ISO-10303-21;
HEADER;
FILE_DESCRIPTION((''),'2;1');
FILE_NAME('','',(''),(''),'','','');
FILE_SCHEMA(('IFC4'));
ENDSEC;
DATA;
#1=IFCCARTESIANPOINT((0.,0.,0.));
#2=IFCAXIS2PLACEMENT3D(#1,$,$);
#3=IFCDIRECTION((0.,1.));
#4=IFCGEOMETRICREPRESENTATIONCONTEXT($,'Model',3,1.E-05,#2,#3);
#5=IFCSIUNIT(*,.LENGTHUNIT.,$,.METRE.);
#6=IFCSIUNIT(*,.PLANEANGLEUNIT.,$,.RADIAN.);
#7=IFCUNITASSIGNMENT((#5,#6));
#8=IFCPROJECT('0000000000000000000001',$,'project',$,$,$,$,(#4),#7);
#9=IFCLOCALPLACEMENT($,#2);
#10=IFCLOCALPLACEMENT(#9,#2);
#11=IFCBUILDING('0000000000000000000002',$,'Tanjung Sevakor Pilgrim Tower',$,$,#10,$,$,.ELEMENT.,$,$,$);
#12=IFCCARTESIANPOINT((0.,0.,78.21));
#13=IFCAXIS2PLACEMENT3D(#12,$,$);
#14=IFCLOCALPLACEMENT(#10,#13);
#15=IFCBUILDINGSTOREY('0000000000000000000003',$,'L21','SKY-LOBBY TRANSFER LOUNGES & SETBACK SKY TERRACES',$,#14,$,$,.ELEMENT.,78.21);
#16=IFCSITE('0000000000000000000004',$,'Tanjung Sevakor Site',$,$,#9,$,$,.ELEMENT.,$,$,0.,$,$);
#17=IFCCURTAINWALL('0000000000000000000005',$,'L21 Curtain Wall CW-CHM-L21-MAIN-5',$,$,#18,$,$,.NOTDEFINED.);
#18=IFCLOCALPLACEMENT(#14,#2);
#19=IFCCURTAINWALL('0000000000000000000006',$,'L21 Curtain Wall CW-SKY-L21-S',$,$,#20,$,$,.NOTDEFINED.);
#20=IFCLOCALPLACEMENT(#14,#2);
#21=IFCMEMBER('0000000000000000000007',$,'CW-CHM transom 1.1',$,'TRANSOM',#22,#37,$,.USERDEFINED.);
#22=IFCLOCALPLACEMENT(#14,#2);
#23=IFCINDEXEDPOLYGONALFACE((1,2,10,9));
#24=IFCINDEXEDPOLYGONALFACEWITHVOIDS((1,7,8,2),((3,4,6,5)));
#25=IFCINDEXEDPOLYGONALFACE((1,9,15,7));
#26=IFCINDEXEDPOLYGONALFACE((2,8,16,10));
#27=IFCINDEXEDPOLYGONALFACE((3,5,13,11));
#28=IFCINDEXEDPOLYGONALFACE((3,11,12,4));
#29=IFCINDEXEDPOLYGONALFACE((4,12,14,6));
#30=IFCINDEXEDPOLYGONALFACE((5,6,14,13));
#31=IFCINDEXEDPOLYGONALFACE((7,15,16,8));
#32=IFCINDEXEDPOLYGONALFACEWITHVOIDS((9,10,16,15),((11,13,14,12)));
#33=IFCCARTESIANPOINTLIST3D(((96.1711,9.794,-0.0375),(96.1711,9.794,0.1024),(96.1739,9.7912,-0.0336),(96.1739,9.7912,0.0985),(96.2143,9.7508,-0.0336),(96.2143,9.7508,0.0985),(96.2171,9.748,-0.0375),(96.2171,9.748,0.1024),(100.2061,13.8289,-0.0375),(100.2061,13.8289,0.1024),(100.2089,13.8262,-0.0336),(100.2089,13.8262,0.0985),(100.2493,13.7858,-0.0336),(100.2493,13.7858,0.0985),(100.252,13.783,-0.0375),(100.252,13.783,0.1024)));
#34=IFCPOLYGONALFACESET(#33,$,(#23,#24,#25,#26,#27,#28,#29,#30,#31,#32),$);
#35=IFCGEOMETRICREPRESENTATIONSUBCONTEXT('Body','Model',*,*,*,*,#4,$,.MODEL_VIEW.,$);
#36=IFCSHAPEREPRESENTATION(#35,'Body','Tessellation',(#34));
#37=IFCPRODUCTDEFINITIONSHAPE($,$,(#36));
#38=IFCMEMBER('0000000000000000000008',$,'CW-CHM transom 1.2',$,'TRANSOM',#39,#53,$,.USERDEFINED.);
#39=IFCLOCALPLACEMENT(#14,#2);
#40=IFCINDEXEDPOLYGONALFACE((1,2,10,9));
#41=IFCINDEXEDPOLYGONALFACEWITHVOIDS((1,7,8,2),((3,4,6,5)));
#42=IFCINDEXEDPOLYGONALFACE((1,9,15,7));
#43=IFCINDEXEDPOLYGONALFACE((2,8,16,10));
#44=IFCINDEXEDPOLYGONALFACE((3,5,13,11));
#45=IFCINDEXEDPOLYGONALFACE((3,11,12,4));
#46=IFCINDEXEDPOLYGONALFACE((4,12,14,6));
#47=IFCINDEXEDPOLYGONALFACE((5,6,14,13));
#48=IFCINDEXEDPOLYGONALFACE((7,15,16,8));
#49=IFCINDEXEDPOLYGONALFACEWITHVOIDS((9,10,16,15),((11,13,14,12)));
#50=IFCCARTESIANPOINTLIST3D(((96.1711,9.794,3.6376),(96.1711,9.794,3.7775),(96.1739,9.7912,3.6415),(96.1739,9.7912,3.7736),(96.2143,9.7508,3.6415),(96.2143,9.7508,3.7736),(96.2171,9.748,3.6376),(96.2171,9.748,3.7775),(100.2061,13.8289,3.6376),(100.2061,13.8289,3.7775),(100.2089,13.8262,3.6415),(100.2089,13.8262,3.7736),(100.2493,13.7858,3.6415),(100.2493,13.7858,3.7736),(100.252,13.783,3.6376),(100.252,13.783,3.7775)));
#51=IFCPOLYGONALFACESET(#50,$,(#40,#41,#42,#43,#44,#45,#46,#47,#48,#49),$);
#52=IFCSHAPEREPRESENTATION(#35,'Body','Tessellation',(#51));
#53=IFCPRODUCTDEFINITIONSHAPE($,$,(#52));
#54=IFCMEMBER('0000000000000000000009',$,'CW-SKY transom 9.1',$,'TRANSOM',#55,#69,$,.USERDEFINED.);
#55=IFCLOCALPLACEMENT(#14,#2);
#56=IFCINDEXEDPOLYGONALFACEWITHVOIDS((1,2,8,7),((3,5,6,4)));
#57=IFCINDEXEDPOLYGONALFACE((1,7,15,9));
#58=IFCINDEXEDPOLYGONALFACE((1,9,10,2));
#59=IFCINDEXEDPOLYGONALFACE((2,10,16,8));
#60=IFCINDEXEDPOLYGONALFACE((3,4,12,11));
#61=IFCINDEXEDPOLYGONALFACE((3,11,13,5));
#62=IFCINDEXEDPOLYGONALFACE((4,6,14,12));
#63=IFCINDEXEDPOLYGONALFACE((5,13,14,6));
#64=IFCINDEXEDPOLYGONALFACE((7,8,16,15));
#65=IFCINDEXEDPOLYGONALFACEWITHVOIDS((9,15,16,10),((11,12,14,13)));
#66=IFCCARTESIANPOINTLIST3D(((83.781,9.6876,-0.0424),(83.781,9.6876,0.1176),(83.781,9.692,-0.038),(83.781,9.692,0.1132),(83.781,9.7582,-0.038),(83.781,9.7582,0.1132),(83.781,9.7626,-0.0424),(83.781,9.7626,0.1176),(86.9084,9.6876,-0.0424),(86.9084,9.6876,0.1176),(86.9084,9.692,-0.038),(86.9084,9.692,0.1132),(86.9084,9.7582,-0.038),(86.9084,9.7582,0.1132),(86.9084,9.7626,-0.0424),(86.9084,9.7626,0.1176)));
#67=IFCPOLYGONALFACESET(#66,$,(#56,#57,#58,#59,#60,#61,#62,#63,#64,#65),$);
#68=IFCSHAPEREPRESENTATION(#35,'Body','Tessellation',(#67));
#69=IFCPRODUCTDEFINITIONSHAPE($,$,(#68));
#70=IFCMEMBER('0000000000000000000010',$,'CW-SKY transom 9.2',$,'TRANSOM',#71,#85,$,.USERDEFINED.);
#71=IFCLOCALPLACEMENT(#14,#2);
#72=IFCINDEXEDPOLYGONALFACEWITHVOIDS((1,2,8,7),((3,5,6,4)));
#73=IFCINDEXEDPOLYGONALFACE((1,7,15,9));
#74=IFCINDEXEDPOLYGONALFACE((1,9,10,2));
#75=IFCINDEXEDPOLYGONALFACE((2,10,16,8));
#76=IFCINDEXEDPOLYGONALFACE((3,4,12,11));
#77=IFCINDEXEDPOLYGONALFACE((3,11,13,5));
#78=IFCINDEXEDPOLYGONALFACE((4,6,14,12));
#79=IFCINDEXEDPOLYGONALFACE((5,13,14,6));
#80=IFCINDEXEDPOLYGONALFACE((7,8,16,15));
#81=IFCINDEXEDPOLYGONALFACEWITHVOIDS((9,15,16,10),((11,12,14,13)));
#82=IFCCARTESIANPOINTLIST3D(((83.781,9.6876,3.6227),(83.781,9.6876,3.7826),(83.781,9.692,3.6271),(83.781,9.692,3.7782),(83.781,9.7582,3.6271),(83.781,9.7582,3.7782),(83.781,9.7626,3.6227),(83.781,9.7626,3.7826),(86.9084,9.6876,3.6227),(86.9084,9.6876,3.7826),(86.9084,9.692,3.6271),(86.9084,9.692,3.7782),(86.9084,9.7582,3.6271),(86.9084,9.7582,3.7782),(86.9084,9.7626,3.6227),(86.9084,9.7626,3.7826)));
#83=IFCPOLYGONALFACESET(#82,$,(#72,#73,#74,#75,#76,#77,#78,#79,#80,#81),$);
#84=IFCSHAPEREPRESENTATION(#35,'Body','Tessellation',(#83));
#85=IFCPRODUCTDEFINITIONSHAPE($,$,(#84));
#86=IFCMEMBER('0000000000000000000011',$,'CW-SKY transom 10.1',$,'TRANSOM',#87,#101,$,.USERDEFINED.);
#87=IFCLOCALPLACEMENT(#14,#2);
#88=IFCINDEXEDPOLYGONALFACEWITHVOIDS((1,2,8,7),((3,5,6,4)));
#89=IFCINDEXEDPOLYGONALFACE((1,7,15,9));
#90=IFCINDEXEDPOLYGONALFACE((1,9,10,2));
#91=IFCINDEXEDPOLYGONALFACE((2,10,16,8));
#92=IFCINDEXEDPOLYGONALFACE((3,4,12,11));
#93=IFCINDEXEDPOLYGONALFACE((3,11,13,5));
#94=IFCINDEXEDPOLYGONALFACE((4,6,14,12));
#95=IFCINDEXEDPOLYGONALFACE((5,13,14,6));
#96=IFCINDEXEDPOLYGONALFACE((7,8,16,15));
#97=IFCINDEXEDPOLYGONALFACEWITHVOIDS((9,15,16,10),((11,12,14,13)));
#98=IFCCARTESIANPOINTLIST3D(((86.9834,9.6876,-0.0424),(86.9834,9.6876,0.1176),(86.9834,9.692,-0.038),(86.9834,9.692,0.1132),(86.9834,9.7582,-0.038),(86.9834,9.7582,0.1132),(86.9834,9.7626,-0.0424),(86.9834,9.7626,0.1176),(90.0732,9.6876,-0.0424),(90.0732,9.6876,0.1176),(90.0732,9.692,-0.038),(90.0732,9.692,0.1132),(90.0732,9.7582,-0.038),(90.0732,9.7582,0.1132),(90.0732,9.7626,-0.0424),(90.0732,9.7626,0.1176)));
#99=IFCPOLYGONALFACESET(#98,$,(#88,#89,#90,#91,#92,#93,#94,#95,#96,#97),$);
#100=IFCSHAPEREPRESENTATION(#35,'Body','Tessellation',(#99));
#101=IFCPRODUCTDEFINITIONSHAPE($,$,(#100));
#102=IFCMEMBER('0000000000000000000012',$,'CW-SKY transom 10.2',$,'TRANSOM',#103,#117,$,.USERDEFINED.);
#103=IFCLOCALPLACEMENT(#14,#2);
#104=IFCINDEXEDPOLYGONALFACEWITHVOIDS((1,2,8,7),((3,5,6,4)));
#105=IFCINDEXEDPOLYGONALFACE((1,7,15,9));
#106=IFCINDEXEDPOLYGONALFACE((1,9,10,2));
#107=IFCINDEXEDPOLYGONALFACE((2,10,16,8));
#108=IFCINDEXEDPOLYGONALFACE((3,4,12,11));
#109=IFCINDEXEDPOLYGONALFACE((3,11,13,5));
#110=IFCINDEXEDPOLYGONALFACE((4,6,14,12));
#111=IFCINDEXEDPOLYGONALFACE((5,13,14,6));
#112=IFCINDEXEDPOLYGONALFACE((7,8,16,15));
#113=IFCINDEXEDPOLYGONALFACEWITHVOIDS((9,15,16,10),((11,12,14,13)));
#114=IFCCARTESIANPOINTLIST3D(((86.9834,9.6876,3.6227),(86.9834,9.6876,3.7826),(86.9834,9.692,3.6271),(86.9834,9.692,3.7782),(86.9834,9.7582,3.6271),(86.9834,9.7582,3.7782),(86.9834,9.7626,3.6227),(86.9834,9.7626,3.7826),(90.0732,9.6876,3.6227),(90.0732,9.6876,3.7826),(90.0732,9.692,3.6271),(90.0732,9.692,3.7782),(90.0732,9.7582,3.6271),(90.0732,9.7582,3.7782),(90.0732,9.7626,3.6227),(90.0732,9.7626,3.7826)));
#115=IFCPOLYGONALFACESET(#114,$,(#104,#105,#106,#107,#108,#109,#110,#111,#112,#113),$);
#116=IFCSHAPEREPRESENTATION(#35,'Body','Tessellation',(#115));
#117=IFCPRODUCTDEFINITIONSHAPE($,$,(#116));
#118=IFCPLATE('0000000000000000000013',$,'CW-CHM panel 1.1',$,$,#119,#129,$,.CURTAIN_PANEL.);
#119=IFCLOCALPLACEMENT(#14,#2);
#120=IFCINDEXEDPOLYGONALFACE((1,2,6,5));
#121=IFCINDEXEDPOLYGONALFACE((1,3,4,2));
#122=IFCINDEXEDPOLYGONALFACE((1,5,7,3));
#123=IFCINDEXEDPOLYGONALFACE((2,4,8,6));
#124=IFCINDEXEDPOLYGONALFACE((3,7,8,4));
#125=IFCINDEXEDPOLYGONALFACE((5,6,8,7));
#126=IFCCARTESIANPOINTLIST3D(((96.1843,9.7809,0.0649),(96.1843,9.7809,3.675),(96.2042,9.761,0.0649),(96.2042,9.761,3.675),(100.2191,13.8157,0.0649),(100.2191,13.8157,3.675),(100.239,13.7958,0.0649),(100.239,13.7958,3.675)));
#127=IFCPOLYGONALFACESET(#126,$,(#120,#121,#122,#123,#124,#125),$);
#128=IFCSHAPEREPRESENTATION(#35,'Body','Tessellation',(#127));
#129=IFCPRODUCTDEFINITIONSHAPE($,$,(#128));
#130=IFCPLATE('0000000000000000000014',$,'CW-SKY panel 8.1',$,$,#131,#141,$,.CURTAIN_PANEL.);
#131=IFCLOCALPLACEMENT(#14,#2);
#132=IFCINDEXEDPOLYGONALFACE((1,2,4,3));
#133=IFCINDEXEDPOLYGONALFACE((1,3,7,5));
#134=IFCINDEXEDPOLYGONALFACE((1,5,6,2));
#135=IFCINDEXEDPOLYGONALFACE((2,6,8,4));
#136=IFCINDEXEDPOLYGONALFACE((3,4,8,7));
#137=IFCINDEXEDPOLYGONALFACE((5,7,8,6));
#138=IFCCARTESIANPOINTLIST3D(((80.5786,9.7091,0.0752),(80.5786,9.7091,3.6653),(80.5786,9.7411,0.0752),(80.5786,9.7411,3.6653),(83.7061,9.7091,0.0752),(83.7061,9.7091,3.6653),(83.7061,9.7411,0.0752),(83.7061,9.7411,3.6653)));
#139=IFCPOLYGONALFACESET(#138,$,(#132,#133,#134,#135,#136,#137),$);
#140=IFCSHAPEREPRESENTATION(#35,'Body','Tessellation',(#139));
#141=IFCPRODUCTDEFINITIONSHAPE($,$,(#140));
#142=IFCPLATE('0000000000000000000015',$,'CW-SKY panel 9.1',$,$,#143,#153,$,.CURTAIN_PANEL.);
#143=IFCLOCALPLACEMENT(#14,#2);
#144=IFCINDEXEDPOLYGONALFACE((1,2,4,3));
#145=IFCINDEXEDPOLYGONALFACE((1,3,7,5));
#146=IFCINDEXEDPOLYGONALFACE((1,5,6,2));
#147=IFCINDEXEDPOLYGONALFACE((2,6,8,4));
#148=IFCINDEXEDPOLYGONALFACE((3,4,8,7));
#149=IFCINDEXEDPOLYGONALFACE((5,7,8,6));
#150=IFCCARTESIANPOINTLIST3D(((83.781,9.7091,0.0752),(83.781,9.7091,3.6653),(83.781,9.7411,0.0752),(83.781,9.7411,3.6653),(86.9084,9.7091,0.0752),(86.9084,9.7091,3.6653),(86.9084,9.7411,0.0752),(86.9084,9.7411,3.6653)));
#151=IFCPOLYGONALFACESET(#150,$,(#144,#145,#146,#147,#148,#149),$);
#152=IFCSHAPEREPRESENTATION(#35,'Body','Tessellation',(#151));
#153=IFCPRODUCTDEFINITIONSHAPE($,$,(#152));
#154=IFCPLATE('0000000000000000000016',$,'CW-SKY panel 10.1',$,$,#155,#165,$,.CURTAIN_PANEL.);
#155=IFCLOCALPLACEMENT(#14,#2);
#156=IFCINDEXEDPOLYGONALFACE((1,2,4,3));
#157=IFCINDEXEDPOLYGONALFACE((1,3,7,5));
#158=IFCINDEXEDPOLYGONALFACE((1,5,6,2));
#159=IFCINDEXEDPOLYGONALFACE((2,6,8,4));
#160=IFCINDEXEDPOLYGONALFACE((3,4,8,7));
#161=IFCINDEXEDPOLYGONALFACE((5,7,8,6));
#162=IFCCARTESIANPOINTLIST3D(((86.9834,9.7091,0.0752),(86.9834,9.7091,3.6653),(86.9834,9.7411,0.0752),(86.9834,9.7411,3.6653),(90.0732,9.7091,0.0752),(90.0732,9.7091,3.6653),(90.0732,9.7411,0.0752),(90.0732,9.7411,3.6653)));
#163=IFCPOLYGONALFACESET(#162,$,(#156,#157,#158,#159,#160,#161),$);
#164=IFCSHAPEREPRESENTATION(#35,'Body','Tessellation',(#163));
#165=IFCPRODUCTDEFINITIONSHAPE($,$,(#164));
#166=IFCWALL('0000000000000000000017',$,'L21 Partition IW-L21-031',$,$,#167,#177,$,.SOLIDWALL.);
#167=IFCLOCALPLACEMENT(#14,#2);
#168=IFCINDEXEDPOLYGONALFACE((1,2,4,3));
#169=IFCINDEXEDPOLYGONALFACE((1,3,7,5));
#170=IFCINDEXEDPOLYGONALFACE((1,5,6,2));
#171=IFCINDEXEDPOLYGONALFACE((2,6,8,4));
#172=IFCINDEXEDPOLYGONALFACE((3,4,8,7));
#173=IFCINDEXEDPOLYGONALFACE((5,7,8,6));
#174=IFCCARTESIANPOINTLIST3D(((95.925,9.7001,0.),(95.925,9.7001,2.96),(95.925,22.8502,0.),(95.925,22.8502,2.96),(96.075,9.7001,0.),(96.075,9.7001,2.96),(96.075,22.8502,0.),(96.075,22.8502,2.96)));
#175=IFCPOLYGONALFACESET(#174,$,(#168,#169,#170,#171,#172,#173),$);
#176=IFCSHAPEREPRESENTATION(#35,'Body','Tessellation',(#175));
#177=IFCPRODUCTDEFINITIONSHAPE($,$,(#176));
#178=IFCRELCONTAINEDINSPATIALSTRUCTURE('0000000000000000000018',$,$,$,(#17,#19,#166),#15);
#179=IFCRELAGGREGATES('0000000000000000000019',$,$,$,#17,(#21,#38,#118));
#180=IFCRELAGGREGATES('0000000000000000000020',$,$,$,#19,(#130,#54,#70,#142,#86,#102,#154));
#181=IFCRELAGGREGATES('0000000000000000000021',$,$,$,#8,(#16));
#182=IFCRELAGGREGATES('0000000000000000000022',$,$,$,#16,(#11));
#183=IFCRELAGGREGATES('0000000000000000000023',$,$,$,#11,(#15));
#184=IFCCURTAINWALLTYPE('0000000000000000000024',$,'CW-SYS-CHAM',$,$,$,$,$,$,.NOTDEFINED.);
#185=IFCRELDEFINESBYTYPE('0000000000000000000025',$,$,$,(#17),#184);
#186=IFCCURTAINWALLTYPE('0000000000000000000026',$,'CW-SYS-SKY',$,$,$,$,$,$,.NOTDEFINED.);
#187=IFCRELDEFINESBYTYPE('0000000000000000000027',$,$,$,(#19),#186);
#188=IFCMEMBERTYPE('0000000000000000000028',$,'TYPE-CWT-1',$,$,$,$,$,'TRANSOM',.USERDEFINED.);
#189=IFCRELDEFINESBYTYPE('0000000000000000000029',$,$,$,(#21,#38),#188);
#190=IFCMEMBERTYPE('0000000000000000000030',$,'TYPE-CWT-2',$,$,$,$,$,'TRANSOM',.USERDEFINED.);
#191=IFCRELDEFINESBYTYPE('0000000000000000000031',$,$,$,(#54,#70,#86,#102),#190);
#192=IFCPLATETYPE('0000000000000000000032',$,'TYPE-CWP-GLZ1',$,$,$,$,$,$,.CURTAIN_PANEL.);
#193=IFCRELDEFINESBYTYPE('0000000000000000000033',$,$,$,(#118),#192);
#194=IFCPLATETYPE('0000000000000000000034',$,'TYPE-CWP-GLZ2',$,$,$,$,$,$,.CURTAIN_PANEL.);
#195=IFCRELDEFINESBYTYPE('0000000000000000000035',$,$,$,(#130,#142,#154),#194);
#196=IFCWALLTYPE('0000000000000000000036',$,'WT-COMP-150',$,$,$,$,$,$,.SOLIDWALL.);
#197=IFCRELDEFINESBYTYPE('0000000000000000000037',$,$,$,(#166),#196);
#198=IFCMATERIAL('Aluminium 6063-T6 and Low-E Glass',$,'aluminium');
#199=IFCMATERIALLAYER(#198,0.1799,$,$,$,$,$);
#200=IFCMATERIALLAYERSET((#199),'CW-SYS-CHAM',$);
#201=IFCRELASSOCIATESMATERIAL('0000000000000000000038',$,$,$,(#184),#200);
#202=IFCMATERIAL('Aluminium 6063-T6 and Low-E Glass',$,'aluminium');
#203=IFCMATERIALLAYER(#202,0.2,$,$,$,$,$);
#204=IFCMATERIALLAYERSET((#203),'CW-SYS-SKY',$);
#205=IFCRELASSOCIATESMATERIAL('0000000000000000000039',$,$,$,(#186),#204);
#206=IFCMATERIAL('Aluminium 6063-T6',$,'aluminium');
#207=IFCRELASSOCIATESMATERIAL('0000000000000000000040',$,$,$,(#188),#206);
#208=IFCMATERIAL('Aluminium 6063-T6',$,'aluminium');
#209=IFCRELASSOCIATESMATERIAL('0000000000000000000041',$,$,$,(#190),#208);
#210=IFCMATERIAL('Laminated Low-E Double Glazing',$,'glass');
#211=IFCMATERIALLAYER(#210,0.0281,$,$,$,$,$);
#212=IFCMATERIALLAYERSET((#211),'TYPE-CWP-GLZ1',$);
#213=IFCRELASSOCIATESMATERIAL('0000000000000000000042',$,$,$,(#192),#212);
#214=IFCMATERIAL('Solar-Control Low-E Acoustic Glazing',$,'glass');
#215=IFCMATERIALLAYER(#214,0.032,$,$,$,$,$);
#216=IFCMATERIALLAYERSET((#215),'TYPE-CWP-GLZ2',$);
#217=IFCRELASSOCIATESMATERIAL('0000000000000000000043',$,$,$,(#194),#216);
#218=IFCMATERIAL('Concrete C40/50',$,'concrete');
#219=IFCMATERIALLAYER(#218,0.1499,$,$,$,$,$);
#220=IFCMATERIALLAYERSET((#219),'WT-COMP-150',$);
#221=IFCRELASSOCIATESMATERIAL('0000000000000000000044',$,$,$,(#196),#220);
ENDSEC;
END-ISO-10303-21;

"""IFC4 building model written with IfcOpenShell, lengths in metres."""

from ifc_helpers import new_model, si_unit, direction, frame, frame_2d, origin, origin_2d, place, context, subcontext, project, spatial, rectangle, hollow_rectangle, extrude, material, layer, layer_set, material_profile, profile_set, type_object, element, aggregate, save


model = new_model("IFC4")

# Units and contexts
model_context = context("Model", 3, precision=1e-05, world=origin(), true_north=direction((0.0, 1.0)))
body_context = subcontext(model_context, "Body", "Model", "MODEL_VIEW")
ifc_project = project(units=[si_unit("LENGTHUNIT", "METRE"), si_unit("PLANEANGLEUNIT", "RADIAN")], contexts=[model_context])

# Site, building, storey
site_placement = place(None, origin())
site = spatial("IfcSite", under=ifc_project, at=site_placement, Name="Tanjung Sevakor Site", CompositionType="ELEMENT", RefElevation=0.0)
building_placement = place(site_placement, origin())
building = spatial("IfcBuilding", under=site, at=building_placement, Name="Tanjung Sevakor Pilgrim Tower", CompositionType="ELEMENT")
storey_placement = place(building_placement, frame((0.0, 0.0, 78.21)))
storey = spatial("IfcBuildingStorey", under=building, at=storey_placement, Name="L21", Description="SKY-LOBBY TRANSFER LOUNGES & SETBACK SKY TERRACES", CompositionType="ELEMENT", Elevation=78.21)

# Curtain walls
ifc_material_1 = material(Name="Aluminium 6063-T6 and Low-E Glass", Category="aluminium")
ifc_layer_1 = layer(ifc_material_1, 0.1799)
ifc_layer_set_1 = layer_set([ifc_layer_1], Name="CW-SYS-CHAM")
curtain_wall_type_1 = type_object("IfcCurtainWallType", Name="CW-SYS-CHAM", PredefinedType="NOTDEFINED", material=ifc_layer_set_1)
curtain_wall_1_placement = place(storey_placement, origin())
curtain_wall_1 = element("IfcCurtainWall", 1, at=curtain_wall_1_placement, inside=storey, type_object=curtain_wall_type_1, Name="L21 Curtain Wall CW-CHM-L21-MAIN-5", PredefinedType="NOTDEFINED")
ifc_material_2 = material(Name="Aluminium 6063-T6 and Low-E Glass", Category="aluminium")
ifc_layer_2 = layer(ifc_material_2, 0.2)
ifc_layer_set_2 = layer_set([ifc_layer_2], Name="CW-SYS-SKY")
curtain_wall_type_2 = type_object("IfcCurtainWallType", Name="CW-SYS-SKY", PredefinedType="NOTDEFINED", material=ifc_layer_set_2)
curtain_wall_2_placement = place(storey_placement, origin())
curtain_wall_2 = element("IfcCurtainWall", 2, at=curtain_wall_2_placement, inside=storey, type_object=curtain_wall_type_2, Name="L21 Curtain Wall CW-SKY-L21-S", PredefinedType="NOTDEFINED")

# Members
ifc_material_3 = material(Name="Aluminium 6063-T6", Category="aluminium")
ifc_material_profile_1 = material_profile(ifc_material_3, hollow_rectangle(XDim=0.0649, YDim=0.1399, WallThickness=0.0039, at=origin_2d()))
ifc_profile_set_1 = profile_set([ifc_material_profile_1], Name="Aluminium 6063-T6")
member_type_1 = type_object("IfcMemberType", Name="TYPE-CWT-1", ElementType="TRANSOM", PredefinedType="USERDEFINED", material=ifc_profile_set_1)
member_1_placement = place(storey_placement, frame((96.1941, 9.771, 0.0325), z_axis=(0.707107, 0.707107, 0.0), x_axis=(-0.707107, 0.707107, 0.0)))
member_1 = element("IfcMember", 3, at=member_1_placement, type_object=member_type_1, Name="CW-CHM transom 1.1", ObjectType="TRANSOM", PredefinedType="USERDEFINED", context=body_context, shape_type="SweptSolid", body=[
    extrude(hollow_rectangle(XDim=0.0649, YDim=0.1399, WallThickness=0.0039, at=origin_2d()), origin(), (0.0, 0.0, 1.0), 5.7063),
])
member_2_placement = place(storey_placement, frame((96.1941, 9.771, 3.7075), z_axis=(0.707107, 0.707107, 0.0), x_axis=(-0.707107, 0.707107, 0.0)))
member_2 = element("IfcMember", 4, at=member_2_placement, type_object=member_type_1, Name="CW-CHM transom 1.2", ObjectType="TRANSOM", PredefinedType="USERDEFINED", context=body_context, shape_type="SweptSolid", body=[
    extrude(hollow_rectangle(XDim=0.0649, YDim=0.1399, WallThickness=0.0039, at=origin_2d()), origin(), (0.0, 0.0, 1.0), 5.7063),
])
ifc_material_4 = material(Name="Aluminium 6063-T6", Category="aluminium")
ifc_material_profile_2 = material_profile(ifc_material_4, hollow_rectangle(XDim=0.075, YDim=0.1599, WallThickness=0.0044, at=origin_2d()))
ifc_profile_set_2 = profile_set([ifc_material_profile_2], Name="Aluminium 6063-T6")
member_type_2 = type_object("IfcMemberType", Name="TYPE-CWT-2", ElementType="TRANSOM", PredefinedType="USERDEFINED", material=ifc_profile_set_2)
member_3_placement = place(storey_placement, frame((83.781, 9.7251, 0.0376), z_axis=(1.0, 0.0, 0.0), x_axis=(0.0, 1.0, 0.0)))
member_3 = element("IfcMember", 5, at=member_3_placement, type_object=member_type_2, Name="CW-SKY transom 9.1", ObjectType="TRANSOM", PredefinedType="USERDEFINED", context=body_context, shape_type="SweptSolid", body=[
    extrude(hollow_rectangle(XDim=0.075, YDim=0.1599, WallThickness=0.0044, at=origin_2d()), origin(), (0.0, 0.0, 1.0), 3.1274),
])
member_4_placement = place(storey_placement, frame((83.781, 9.7251, 3.7026), z_axis=(1.0, 0.0, 0.0), x_axis=(0.0, 1.0, 0.0)))
member_4 = element("IfcMember", 6, at=member_4_placement, type_object=member_type_2, Name="CW-SKY transom 9.2", ObjectType="TRANSOM", PredefinedType="USERDEFINED", context=body_context, shape_type="SweptSolid", body=[
    extrude(hollow_rectangle(XDim=0.075, YDim=0.1599, WallThickness=0.0044, at=origin_2d()), origin(), (0.0, 0.0, 1.0), 3.1274),
])
member_5_placement = place(storey_placement, frame((86.9834, 9.7251, 0.0376), z_axis=(1.0, 0.0, 0.0), x_axis=(0.0, 1.0, 0.0)))
member_5 = element("IfcMember", 7, at=member_5_placement, type_object=member_type_2, Name="CW-SKY transom 10.1", ObjectType="TRANSOM", PredefinedType="USERDEFINED", context=body_context, shape_type="SweptSolid", body=[
    extrude(hollow_rectangle(XDim=0.075, YDim=0.1599, WallThickness=0.0044, at=origin_2d()), origin(), (0.0, 0.0, 1.0), 3.0898),
])
member_6_placement = place(storey_placement, frame((86.9834, 9.7251, 3.7026), z_axis=(1.0, 0.0, 0.0), x_axis=(0.0, 1.0, 0.0)))
member_6 = element("IfcMember", 8, at=member_6_placement, type_object=member_type_2, Name="CW-SKY transom 10.2", ObjectType="TRANSOM", PredefinedType="USERDEFINED", context=body_context, shape_type="SweptSolid", body=[
    extrude(hollow_rectangle(XDim=0.075, YDim=0.1599, WallThickness=0.0044, at=origin_2d()), origin(), (0.0, 0.0, 1.0), 3.0898),
])

# Plates
ifc_material_5 = material(Name="Laminated Low-E Double Glazing", Category="glass")
ifc_layer_3 = layer(ifc_material_5, 0.0281)
ifc_layer_set_3 = layer_set([ifc_layer_3], Name="TYPE-CWP-GLZ1")
plate_type_1 = type_object("IfcPlateType", Name="TYPE-CWP-GLZ1", PredefinedType="CURTAIN_PANEL", material=ifc_layer_set_3)
plate_1_placement = place(storey_placement, frame((98.2117, 11.7883, 0.0649), z_axis=(0.0, 0.0, 1.0), x_axis=(0.707107, 0.707107, 0.0)))
plate_1 = element("IfcPlate", 9, at=plate_1_placement, type_object=plate_type_1, Name="CW-CHM panel 1.1", PredefinedType="CURTAIN_PANEL", context=body_context, shape_type="SweptSolid", body=[
    extrude(rectangle(XDim=5.7061, YDim=0.0281, at=origin_2d()), origin(), (0.0, 0.0, 1.0), 3.6101),
])
aggregate(curtain_wall_1, [member_1, member_2, plate_1])
ifc_material_6 = material(Name="Solar-Control Low-E Acoustic Glazing", Category="glass")
ifc_layer_4 = layer(ifc_material_6, 0.032)
ifc_layer_set_4 = layer_set([ifc_layer_4], Name="TYPE-CWP-GLZ2")
plate_type_2 = type_object("IfcPlateType", Name="TYPE-CWP-GLZ2", PredefinedType="CURTAIN_PANEL", material=ifc_layer_set_4)
plate_2_placement = place(storey_placement, frame((82.1423, 9.7251, 0.0752), z_axis=(0.0, 0.0, 1.0), x_axis=(1.0, 0.0, 0.0)))
plate_2 = element("IfcPlate", 10, at=plate_2_placement, type_object=plate_type_2, Name="CW-SKY panel 8.1", PredefinedType="CURTAIN_PANEL", context=body_context, shape_type="SweptSolid", body=[
    extrude(rectangle(XDim=3.1274, YDim=0.032, at=origin_2d()), origin(), (0.0, 0.0, 1.0), 3.5901),
])
plate_3_placement = place(storey_placement, frame((85.3447, 9.7251, 0.0752), z_axis=(0.0, 0.0, 1.0), x_axis=(1.0, 0.0, 0.0)))
plate_3 = element("IfcPlate", 11, at=plate_3_placement, type_object=plate_type_2, Name="CW-SKY panel 9.1", PredefinedType="CURTAIN_PANEL", context=body_context, shape_type="SweptSolid", body=[
    extrude(rectangle(XDim=3.1274, YDim=0.032, at=origin_2d()), origin(), (0.0, 0.0, 1.0), 3.5901),
])
plate_4_placement = place(storey_placement, frame((88.5283, 9.7251, 0.0752), z_axis=(0.0, 0.0, 1.0), x_axis=(1.0, 0.0, 0.0)))
plate_4 = element("IfcPlate", 12, at=plate_4_placement, type_object=plate_type_2, Name="CW-SKY panel 10.1", PredefinedType="CURTAIN_PANEL", context=body_context, shape_type="SweptSolid", body=[
    extrude(rectangle(XDim=3.0898, YDim=0.032, at=origin_2d()), origin(), (0.0, 0.0, 1.0), 3.5901),
])
aggregate(curtain_wall_2, [plate_2, member_3, member_4, plate_3, member_5, member_6, plate_4])

# Wall
ifc_material_7 = material(Name="Concrete C40/50", Category="concrete")
ifc_layer_5 = layer(ifc_material_7, 0.1499)
ifc_layer_set_5 = layer_set([ifc_layer_5], Name="WT-COMP-150")
wall_type_1 = type_object("IfcWallType", Name="WT-COMP-150", PredefinedType="SOLIDWALL", material=ifc_layer_set_5)
wall_1_placement = place(storey_placement, frame((96.0, 9.7, 0.0), z_axis=(0.0, 0.0, 1.0), x_axis=(0.0, 1.0, 0.0)))
element("IfcWall", 13, at=wall_1_placement, inside=storey, type_object=wall_type_1, Name="L21 Partition IW-L21-031", PredefinedType="SOLIDWALL", context=body_context, shape_type="SweptSolid", body=[
    extrude(rectangle(XDim=13.1501, YDim=0.1499, at=frame_2d((6.5752, 0.0))), origin(), (0.0, 0.0, 1.0), 2.96),
])

save(model, "model.ifc")
